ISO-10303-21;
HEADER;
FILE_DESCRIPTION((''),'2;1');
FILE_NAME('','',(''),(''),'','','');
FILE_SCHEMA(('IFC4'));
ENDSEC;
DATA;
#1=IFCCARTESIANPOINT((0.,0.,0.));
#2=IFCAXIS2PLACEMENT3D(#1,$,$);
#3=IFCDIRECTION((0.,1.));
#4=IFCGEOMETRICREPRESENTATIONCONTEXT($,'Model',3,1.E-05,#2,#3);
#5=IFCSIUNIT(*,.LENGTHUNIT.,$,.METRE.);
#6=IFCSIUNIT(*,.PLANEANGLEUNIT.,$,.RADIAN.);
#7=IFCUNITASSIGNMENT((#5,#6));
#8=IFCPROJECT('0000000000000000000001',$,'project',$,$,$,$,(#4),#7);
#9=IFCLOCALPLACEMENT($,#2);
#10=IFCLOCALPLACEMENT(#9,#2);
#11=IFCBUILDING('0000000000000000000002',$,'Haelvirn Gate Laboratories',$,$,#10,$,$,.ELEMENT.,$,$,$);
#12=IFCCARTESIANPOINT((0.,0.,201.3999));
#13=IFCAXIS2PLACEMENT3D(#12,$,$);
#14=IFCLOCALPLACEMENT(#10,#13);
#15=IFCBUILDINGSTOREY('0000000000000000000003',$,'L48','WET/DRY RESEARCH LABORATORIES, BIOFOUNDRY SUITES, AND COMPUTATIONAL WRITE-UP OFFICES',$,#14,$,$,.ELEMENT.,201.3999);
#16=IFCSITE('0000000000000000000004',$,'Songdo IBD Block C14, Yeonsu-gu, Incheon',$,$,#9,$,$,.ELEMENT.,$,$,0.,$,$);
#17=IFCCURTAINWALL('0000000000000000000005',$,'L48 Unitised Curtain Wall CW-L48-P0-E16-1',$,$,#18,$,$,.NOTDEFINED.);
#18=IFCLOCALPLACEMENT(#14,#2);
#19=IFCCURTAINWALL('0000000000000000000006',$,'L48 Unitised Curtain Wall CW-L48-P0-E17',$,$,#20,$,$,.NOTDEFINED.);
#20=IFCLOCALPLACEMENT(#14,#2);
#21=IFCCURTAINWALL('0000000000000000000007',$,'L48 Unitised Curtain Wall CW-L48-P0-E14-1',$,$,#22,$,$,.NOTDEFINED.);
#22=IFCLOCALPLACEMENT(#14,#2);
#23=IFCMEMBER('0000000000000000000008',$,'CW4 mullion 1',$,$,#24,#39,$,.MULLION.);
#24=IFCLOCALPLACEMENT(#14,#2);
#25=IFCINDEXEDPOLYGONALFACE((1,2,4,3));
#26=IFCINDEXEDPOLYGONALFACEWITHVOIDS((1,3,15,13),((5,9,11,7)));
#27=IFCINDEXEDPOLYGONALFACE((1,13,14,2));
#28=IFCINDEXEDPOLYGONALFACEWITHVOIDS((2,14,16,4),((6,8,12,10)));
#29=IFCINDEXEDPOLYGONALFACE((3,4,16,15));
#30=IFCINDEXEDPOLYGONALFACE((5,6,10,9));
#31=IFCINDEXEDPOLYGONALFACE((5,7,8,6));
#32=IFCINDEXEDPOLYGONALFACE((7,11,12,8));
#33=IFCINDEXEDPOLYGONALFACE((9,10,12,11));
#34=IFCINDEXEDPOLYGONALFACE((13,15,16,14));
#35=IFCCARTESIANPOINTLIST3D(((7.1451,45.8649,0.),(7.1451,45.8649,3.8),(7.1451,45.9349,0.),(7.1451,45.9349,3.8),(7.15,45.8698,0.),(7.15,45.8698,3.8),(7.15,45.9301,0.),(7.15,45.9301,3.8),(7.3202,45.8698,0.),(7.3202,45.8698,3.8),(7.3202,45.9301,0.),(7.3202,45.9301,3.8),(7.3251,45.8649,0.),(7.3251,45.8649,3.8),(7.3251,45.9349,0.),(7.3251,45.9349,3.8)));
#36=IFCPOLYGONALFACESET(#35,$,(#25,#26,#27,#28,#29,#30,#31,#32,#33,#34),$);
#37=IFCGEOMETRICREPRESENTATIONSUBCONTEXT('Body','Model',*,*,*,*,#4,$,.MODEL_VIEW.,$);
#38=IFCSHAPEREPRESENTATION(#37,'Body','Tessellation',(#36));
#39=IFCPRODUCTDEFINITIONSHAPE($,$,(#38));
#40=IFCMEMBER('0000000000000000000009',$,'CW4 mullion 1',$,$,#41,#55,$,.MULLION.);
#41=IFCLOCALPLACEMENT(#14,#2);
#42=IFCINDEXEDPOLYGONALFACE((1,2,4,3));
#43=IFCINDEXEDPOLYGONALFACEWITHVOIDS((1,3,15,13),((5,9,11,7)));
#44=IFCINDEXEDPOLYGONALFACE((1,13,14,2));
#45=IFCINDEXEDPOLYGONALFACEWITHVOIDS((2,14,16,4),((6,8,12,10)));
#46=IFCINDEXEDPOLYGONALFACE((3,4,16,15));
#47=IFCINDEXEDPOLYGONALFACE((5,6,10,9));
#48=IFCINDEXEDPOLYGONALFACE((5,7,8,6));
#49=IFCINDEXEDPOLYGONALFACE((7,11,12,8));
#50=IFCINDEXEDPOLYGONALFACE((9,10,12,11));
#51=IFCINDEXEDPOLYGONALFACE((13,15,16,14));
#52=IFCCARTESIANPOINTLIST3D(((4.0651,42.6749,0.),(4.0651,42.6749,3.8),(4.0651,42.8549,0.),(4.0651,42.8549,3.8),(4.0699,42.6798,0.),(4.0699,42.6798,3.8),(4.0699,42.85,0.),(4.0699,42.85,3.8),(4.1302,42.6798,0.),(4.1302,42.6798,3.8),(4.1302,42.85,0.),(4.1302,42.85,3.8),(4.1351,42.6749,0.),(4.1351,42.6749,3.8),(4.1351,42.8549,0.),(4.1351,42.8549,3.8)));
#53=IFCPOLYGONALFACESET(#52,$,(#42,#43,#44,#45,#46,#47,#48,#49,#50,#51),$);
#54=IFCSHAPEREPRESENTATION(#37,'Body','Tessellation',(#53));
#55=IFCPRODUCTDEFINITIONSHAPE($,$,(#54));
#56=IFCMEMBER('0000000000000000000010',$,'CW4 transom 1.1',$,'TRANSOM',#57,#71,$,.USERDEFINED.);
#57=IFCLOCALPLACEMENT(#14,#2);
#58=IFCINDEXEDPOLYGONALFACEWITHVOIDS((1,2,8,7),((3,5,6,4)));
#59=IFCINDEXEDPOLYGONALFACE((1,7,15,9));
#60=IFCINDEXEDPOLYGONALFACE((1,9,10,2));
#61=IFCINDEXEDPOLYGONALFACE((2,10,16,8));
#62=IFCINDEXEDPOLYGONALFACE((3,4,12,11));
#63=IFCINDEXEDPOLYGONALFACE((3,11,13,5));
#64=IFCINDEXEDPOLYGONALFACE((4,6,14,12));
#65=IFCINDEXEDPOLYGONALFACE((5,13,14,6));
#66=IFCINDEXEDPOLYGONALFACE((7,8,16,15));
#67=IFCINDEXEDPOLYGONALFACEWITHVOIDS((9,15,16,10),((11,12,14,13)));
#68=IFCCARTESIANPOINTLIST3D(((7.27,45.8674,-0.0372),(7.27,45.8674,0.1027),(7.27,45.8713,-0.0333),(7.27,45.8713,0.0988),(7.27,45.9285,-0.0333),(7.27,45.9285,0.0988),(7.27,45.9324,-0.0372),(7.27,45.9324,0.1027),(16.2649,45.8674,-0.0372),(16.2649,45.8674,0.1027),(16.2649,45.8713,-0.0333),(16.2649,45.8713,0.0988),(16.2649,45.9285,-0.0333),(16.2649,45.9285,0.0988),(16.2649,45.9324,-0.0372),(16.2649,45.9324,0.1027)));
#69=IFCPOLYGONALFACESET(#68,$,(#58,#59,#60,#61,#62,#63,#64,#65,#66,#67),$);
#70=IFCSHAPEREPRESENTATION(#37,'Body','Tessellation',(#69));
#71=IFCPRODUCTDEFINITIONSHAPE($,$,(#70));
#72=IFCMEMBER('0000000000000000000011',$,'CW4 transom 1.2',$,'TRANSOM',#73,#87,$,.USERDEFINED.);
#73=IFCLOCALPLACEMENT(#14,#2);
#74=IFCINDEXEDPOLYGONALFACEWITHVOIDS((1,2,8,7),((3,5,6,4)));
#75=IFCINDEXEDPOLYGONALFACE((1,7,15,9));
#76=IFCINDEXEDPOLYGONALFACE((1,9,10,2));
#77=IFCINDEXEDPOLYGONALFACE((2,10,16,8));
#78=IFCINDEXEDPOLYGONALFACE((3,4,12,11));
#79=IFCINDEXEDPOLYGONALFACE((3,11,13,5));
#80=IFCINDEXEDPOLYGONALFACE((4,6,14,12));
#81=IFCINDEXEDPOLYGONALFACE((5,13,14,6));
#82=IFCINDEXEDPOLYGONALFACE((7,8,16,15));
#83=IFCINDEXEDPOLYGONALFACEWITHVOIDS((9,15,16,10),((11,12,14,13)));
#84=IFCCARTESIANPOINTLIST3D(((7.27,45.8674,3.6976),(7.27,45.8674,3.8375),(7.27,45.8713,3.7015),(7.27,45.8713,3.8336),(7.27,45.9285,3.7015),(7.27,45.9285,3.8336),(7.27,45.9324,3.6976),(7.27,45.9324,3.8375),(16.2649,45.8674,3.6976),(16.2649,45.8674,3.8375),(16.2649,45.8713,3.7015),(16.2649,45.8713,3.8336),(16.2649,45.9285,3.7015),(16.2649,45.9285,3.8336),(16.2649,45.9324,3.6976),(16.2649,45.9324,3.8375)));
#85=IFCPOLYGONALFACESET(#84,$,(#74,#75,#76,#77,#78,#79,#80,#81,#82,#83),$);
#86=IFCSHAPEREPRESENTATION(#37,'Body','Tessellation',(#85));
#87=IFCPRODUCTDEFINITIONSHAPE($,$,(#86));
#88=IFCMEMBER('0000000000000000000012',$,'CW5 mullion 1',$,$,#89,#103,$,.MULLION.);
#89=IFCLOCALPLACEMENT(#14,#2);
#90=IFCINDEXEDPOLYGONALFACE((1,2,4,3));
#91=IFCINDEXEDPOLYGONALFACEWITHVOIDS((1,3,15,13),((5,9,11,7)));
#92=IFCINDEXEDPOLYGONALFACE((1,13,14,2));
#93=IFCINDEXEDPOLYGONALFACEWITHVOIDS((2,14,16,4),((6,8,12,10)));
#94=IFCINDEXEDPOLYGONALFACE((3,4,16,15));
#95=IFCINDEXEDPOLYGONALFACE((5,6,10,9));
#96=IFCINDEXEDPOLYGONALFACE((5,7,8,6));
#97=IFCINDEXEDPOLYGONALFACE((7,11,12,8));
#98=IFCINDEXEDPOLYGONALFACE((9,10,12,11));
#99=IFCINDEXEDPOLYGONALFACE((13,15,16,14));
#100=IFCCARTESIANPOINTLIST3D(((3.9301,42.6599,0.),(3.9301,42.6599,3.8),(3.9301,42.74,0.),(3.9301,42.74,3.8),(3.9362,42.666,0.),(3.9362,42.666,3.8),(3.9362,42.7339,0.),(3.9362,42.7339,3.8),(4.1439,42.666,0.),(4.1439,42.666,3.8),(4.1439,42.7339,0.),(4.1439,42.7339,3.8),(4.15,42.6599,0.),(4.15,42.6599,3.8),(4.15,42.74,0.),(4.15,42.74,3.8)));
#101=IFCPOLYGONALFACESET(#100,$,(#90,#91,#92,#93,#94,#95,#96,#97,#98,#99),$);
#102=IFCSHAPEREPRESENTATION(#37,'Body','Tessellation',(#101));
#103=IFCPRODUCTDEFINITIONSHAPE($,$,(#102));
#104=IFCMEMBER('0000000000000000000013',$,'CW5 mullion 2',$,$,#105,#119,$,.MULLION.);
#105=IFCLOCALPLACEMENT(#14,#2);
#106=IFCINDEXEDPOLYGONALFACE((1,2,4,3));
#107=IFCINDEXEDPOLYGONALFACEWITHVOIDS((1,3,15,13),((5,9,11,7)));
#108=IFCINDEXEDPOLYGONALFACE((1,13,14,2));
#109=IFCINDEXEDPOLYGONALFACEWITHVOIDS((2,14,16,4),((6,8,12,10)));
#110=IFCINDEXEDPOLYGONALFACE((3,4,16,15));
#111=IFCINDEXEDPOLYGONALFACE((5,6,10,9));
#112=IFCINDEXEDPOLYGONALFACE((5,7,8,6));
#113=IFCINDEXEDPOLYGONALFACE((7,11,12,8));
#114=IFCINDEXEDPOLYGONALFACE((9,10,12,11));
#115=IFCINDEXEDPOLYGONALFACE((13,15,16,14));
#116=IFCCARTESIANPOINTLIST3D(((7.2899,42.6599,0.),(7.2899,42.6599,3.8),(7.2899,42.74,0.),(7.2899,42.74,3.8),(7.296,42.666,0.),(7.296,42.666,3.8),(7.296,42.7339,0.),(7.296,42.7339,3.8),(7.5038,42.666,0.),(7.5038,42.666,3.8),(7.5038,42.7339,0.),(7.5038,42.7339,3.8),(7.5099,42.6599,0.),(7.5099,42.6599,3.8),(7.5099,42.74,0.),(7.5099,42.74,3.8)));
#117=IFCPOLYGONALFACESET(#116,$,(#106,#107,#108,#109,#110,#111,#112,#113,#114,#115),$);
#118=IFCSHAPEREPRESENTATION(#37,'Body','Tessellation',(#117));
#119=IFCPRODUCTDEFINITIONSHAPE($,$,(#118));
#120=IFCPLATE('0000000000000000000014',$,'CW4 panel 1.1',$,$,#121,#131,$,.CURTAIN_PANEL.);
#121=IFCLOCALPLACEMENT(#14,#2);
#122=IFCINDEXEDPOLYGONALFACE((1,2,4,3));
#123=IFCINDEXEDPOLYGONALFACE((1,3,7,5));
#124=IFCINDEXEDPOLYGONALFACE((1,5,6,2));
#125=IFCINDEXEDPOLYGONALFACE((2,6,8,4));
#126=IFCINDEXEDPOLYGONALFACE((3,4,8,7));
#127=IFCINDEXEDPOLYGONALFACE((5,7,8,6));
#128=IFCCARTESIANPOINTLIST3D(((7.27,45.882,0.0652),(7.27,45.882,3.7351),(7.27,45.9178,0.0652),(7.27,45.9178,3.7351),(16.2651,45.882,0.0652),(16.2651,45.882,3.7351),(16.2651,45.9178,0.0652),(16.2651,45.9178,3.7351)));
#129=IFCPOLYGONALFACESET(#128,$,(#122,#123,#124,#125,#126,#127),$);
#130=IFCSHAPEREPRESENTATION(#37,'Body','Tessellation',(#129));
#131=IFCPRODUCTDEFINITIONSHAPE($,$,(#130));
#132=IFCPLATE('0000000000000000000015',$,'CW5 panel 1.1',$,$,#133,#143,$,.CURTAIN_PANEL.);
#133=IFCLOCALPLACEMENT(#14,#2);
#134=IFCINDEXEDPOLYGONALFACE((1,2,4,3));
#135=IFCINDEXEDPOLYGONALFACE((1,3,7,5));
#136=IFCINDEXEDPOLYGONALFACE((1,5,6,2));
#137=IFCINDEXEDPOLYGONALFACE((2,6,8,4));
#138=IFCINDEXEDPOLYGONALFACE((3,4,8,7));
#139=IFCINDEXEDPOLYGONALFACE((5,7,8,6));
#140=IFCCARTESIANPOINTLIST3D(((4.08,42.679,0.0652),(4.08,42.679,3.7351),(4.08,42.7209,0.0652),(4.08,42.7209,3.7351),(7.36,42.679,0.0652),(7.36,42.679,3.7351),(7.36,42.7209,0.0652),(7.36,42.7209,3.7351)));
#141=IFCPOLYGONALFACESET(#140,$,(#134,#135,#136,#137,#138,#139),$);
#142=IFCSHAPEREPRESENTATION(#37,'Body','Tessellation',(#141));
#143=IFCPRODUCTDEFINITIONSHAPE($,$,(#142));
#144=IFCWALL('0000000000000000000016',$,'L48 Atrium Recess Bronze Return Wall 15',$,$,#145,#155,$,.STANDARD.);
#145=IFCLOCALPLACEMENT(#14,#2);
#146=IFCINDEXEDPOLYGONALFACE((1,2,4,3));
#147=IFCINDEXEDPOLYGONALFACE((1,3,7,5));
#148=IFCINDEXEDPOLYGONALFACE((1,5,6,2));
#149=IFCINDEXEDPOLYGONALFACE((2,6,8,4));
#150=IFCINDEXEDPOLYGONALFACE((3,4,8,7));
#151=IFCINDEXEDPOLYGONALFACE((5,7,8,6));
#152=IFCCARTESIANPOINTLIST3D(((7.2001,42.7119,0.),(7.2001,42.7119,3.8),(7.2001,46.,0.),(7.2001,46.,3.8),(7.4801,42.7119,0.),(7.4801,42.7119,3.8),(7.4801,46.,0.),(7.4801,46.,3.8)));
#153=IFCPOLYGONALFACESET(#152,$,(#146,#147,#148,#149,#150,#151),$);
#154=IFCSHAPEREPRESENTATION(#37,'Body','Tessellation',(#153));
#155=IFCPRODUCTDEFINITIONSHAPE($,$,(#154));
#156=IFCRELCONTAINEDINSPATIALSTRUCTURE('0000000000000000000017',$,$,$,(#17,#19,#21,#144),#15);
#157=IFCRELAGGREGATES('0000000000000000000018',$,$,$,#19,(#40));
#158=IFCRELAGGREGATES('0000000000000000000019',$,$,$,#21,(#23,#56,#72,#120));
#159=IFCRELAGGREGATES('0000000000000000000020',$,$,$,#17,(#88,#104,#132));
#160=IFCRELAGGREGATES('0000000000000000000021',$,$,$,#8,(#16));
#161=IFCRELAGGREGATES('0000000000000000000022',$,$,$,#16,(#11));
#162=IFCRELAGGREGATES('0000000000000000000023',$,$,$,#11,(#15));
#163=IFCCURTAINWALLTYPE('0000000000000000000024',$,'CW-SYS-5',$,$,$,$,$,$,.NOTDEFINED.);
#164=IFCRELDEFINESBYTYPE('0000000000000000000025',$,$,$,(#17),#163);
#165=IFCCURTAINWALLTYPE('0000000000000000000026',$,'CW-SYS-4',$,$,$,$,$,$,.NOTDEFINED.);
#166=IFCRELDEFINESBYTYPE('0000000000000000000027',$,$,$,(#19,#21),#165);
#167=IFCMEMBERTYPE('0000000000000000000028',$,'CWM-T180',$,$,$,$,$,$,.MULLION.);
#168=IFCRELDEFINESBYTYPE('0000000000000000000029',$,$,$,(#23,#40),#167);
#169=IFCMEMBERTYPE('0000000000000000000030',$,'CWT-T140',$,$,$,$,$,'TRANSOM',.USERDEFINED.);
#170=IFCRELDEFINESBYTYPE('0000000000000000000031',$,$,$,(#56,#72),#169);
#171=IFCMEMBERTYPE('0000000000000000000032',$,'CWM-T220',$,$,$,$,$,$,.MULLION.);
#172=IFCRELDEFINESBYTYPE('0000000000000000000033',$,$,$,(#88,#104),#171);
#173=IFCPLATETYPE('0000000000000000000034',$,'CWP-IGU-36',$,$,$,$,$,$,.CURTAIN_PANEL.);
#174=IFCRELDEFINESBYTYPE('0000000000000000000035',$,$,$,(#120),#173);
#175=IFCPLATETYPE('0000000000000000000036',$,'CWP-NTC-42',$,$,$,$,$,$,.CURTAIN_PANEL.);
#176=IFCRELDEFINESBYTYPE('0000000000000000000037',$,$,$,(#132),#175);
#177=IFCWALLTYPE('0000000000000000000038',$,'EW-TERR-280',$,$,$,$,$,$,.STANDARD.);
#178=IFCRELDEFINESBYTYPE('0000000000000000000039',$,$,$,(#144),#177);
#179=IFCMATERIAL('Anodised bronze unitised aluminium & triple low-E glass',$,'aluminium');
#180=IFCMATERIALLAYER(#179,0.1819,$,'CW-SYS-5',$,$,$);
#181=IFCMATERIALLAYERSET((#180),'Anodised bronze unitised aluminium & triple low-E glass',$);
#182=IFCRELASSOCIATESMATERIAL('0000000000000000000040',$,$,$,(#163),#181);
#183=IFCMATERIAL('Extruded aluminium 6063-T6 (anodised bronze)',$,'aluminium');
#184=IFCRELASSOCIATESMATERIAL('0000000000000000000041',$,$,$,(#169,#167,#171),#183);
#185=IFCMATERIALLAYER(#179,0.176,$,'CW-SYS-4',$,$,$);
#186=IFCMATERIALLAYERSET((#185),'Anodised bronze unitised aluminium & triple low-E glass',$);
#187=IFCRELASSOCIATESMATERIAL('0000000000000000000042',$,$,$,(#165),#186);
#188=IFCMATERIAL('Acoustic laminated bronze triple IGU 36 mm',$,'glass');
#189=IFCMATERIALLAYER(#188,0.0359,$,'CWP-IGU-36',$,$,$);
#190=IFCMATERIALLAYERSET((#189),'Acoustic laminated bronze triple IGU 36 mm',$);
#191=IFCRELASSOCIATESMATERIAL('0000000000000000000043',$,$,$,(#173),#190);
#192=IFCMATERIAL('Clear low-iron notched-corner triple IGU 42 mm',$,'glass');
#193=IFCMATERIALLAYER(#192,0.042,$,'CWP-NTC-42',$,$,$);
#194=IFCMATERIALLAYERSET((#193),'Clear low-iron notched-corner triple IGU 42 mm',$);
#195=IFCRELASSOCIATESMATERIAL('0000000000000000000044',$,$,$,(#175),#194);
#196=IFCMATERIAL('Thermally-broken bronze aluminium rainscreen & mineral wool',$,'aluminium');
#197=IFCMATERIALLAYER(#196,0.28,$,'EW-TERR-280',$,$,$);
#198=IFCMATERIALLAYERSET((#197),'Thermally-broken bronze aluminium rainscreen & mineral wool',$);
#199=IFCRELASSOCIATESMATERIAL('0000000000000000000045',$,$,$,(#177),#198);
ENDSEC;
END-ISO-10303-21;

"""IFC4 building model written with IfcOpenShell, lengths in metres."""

from ifc_helpers import new_model, si_unit, direction, frame, frame_2d, origin, origin_2d, place, context, subcontext, project, spatial, rectangle, hollow_rectangle, extrude, source, transform, mapped, material, layer, layer_set, material_profile, profile_set, type_object, type_shapes, element, aggregate, save


model = new_model("IFC4")

# Units and contexts
model_context = context("Model", 3, precision=1e-05, world=origin(), true_north=direction((0.0, 1.0)))
body_context = subcontext(model_context, "Body", "Model", "MODEL_VIEW")
ifc_project = project(units=[si_unit("LENGTHUNIT", "METRE"), si_unit("PLANEANGLEUNIT", "RADIAN")], contexts=[model_context])

# Site, building, storey
site_placement = place(None, origin())
site = spatial("IfcSite", under=ifc_project, at=site_placement, Name="Songdo IBD Block C14, Yeonsu-gu, Incheon", CompositionType="ELEMENT", RefElevation=0.0)
building_placement = place(site_placement, origin())
building = spatial("IfcBuilding", under=site, at=building_placement, Name="Haelvirn Gate Laboratories", CompositionType="ELEMENT")
storey_placement = place(building_placement, frame((0.0, 0.0, 201.3999)))
storey = spatial("IfcBuildingStorey", under=building, at=storey_placement, Name="L48", Description="WET/DRY RESEARCH LABORATORIES, BIOFOUNDRY SUITES, AND COMPUTATIONAL WRITE-UP OFFICES", CompositionType="ELEMENT", Elevation=201.3999)

# Curtain walls
ifc_material_1 = material(Name="Anodised bronze unitised aluminium & triple low-E glass", Category="aluminium")
ifc_layer_1 = layer(ifc_material_1, 0.1819, Name="CW-SYS-5")
ifc_layer_set_1 = layer_set([ifc_layer_1], Name="Anodised bronze unitised aluminium & triple low-E glass")
curtain_wall_type_1 = type_object("IfcCurtainWallType", Name="CW-SYS-5", PredefinedType="NOTDEFINED", material=ifc_layer_set_1)
curtain_wall_1_placement = place(storey_placement, origin())
curtain_wall_1 = element("IfcCurtainWall", 1, at=curtain_wall_1_placement, inside=storey, type_object=curtain_wall_type_1, Name="L48 Unitised Curtain Wall CW-L48-P0-E16-1", PredefinedType="NOTDEFINED")
ifc_material_2 = material(Name="Extruded aluminium 6063-T6 (anodised bronze)", Category="aluminium")
ifc_material_profile_1 = material_profile(ifc_material_2, hollow_rectangle(XDim=0.0649, YDim=0.1399, WallThickness=0.0039, at=origin_2d()), Name="CWT-140x65x4")
ifc_profile_set_1 = profile_set([ifc_material_profile_1], Name="Extruded aluminium 6063-T6 (anodised bronze)")
member_type_1 = type_object("IfcMemberType", Name="CWT-T140", ElementType="TRANSOM", PredefinedType="USERDEFINED", material=ifc_profile_set_1)
ifc_layer_2 = layer(ifc_material_1, 0.176, Name="CW-SYS-4")
ifc_layer_set_2 = layer_set([ifc_layer_2], Name="Anodised bronze unitised aluminium & triple low-E glass")
curtain_wall_type_2 = type_object("IfcCurtainWallType", Name="CW-SYS-4", PredefinedType="NOTDEFINED", material=ifc_layer_set_2)
curtain_wall_2_placement = place(storey_placement, origin())
curtain_wall_2 = element("IfcCurtainWall", 2, at=curtain_wall_2_placement, inside=storey, type_object=curtain_wall_type_2, Name="L48 Unitised Curtain Wall CW-L48-P0-E17", PredefinedType="NOTDEFINED")

# Curtain wall, member
curtain_wall_3_placement = place(storey_placement, origin())
curtain_wall_3 = element("IfcCurtainWall", 3, at=curtain_wall_3_placement, inside=storey, type_object=curtain_wall_type_2, Name="L48 Unitised Curtain Wall CW-L48-P0-E14-1", PredefinedType="NOTDEFINED")
ifc_material_profile_2 = material_profile(ifc_material_2, hollow_rectangle(XDim=0.0701, YDim=0.1799, WallThickness=0.0049, at=origin_2d()), Name="CWM-180x70x5")
ifc_profile_set_2 = profile_set([ifc_material_profile_2], Name="Extruded aluminium 6063-T6 (anodised bronze)")
member_type_2 = type_object("IfcMemberType", Name="CWM-T180", PredefinedType="MULLION", material=ifc_profile_set_2)
shared_shape_1 = source(origin(), body_context, "Body", "SweptSolid", [
    extrude(hollow_rectangle(XDim=0.0701, YDim=0.1799, WallThickness=0.0049, at=origin_2d()), origin(), (0.0, 0.0, 1.0), 3.8),
])
type_shapes(member_type_2, [shared_shape_1])
member_1_placement = place(storey_placement, frame((7.2351, 45.8999, 0.0), z_axis=(0.0, 0.0, 1.0), x_axis=(0.0, 1.0, 0.0)))
member_1 = element("IfcMember", 4, at=member_1_placement, type_object=member_type_2, Name="CW4 mullion 1", PredefinedType="MULLION", context=body_context, shape_type="MappedRepresentation", body=[
    mapped(shared_shape_1, transform((0.0, 0.0, 0.0), scale=1.0)),
])

# Members
member_2_placement = place(storey_placement, frame((4.1001, 42.7649, 0.0), z_axis=(0.0, 0.0, 1.0), x_axis=(1.0, 0.0, 0.0)))
member_2 = element("IfcMember", 5, at=member_2_placement, type_object=member_type_2, Name="CW4 mullion 1", PredefinedType="MULLION", context=body_context, shape_type="MappedRepresentation", body=[
    mapped(shared_shape_1, transform((0.0, 0.0, 0.0), scale=1.0)),
])
aggregate(curtain_wall_2, [member_2])
shared_shape_2 = source(origin(), body_context, "Body", "SweptSolid", [
    extrude(hollow_rectangle(XDim=0.0649, YDim=0.1399, WallThickness=0.0039, at=origin_2d()), origin(), (0.0, 0.0, 1.0), 8.9949),
])
member_3_placement = place(storey_placement, frame((7.27, 45.8999, 0.0327), z_axis=(1.0, 0.0, 0.0), x_axis=(0.0, 1.0, 0.0)))
member_3 = element("IfcMember", 6, at=member_3_placement, type_object=member_type_1, Name="CW4 transom 1.1", ObjectType="TRANSOM", PredefinedType="USERDEFINED", context=body_context, shape_type="MappedRepresentation", body=[
    mapped(shared_shape_2, transform((0.0, 0.0, 0.0), scale=1.0)),
])
member_4_placement = place(storey_placement, frame((7.27, 45.8999, 3.7676), z_axis=(1.0, 0.0, 0.0), x_axis=(0.0, 1.0, 0.0)))
member_4 = element("IfcMember", 7, at=member_4_placement, type_object=member_type_1, Name="CW4 transom 1.2", ObjectType="TRANSOM", PredefinedType="USERDEFINED", context=body_context, shape_type="MappedRepresentation", body=[
    mapped(shared_shape_2, transform((0.0, 0.0, 0.0), scale=1.0)),
])
ifc_material_profile_3 = material_profile(ifc_material_2, hollow_rectangle(XDim=0.0801, YDim=0.22, WallThickness=0.0061, at=origin_2d()), Name="CWM-220x80x6")
ifc_profile_set_3 = profile_set([ifc_material_profile_3], Name="Extruded aluminium 6063-T6 (anodised bronze)")
member_type_3 = type_object("IfcMemberType", Name="CWM-T220", PredefinedType="MULLION", material=ifc_profile_set_3)
shared_shape_3 = source(origin(), body_context, "Body", "SweptSolid", [
    extrude(hollow_rectangle(XDim=0.0801, YDim=0.22, WallThickness=0.0061, at=origin_2d()), origin(), (0.0, 0.0, 1.0), 3.8),
])
type_shapes(member_type_3, [shared_shape_3])
member_5_placement = place(storey_placement, frame((4.04, 42.7, 0.0), z_axis=(0.0, 0.0, 1.0), x_axis=(0.0, 1.0, 0.0)))
member_5 = element("IfcMember", 8, at=member_5_placement, type_object=member_type_3, Name="CW5 mullion 1", PredefinedType="MULLION", context=body_context, shape_type="MappedRepresentation", body=[
    mapped(shared_shape_3, transform((0.0, 0.0, 0.0), scale=1.0)),
])
member_6_placement = place(storey_placement, frame((7.3999, 42.7, 0.0), z_axis=(0.0, 0.0, 1.0), x_axis=(0.0, 1.0, 0.0)))
member_6 = element("IfcMember", 9, at=member_6_placement, type_object=member_type_3, Name="CW5 mullion 2", PredefinedType="MULLION", context=body_context, shape_type="MappedRepresentation", body=[
    mapped(shared_shape_3, transform((0.0, 0.0, 0.0), scale=1.0)),
])

# Plates
ifc_material_3 = material(Name="Acoustic laminated bronze triple IGU 36 mm", Category="glass")
ifc_layer_3 = layer(ifc_material_3, 0.0359, Name="CWP-IGU-36")
ifc_layer_set_3 = layer_set([ifc_layer_3], Name="Acoustic laminated bronze triple IGU 36 mm")
plate_type_1 = type_object("IfcPlateType", Name="CWP-IGU-36", PredefinedType="CURTAIN_PANEL", material=ifc_layer_set_3)
shared_shape_4 = source(origin(), body_context, "Body", "SweptSolid", [
    extrude(rectangle(XDim=8.9951, YDim=0.0359, at=origin_2d()), origin(), (0.0, 0.0, 1.0), 3.6699),
])
type_shapes(plate_type_1, [shared_shape_4])
plate_1_placement = place(storey_placement, frame((11.7676, 45.8999, 0.0652), z_axis=(0.0, 0.0, 1.0), x_axis=(1.0, 0.0, 0.0)))
plate_1 = element("IfcPlate", 10, at=plate_1_placement, type_object=plate_type_1, Name="CW4 panel 1.1", PredefinedType="CURTAIN_PANEL", context=body_context, shape_type="MappedRepresentation", body=[
    mapped(shared_shape_4, transform((0.0, 0.0, 0.0), scale=1.0)),
])
aggregate(curtain_wall_3, [member_1, member_3, member_4, plate_1])
ifc_material_4 = material(Name="Clear low-iron notched-corner triple IGU 42 mm", Category="glass")
ifc_layer_4 = layer(ifc_material_4, 0.042, Name="CWP-NTC-42")
ifc_layer_set_4 = layer_set([ifc_layer_4], Name="Clear low-iron notched-corner triple IGU 42 mm")
plate_type_2 = type_object("IfcPlateType", Name="CWP-NTC-42", PredefinedType="CURTAIN_PANEL", material=ifc_layer_set_4)
shared_shape_5 = source(origin(), body_context, "Body", "SweptSolid", [
    extrude(rectangle(XDim=3.28, YDim=0.042, at=origin_2d()), origin(), (0.0, 0.0, 1.0), 3.6699),
])
type_shapes(plate_type_2, [shared_shape_5])
plate_2_placement = place(storey_placement, frame((5.72, 42.7, 0.0652), z_axis=(0.0, 0.0, 1.0), x_axis=(1.0, 0.0, 0.0)))
plate_2 = element("IfcPlate", 11, at=plate_2_placement, type_object=plate_type_2, Name="CW5 panel 1.1", PredefinedType="CURTAIN_PANEL", context=body_context, shape_type="MappedRepresentation", body=[
    mapped(shared_shape_5, transform((0.0, 0.0, 0.0), scale=1.0)),
])
aggregate(curtain_wall_1, [member_5, member_6, plate_2])

# Wall
ifc_material_5 = material(Name="Thermally-broken bronze aluminium rainscreen & mineral wool", Category="aluminium")
ifc_layer_5 = layer(ifc_material_5, 0.28, Name="EW-TERR-280")
ifc_layer_set_5 = layer_set([ifc_layer_5], Name="Thermally-broken bronze aluminium rainscreen & mineral wool")
wall_type_1 = type_object("IfcWallType", Name="EW-TERR-280", PredefinedType="STANDARD", material=ifc_layer_set_5)
wall_1_placement = place(storey_placement, frame((7.3401, 46.0, 0.0), z_axis=(0.0, 0.0, 1.0), x_axis=(0.0, -1.0, 0.0)))
element("IfcWall", 12, at=wall_1_placement, inside=storey, type_object=wall_type_1, Name="L48 Atrium Recess Bronze Return Wall 15", PredefinedType="STANDARD", context=body_context, shape_type="SweptSolid", body=[
    extrude(rectangle(XDim=3.2881, YDim=0.28, at=frame_2d((1.644, 0.0))), origin(), (0.0, 0.0, 1.0), 3.8),
])

save(model, "model.ifc")
